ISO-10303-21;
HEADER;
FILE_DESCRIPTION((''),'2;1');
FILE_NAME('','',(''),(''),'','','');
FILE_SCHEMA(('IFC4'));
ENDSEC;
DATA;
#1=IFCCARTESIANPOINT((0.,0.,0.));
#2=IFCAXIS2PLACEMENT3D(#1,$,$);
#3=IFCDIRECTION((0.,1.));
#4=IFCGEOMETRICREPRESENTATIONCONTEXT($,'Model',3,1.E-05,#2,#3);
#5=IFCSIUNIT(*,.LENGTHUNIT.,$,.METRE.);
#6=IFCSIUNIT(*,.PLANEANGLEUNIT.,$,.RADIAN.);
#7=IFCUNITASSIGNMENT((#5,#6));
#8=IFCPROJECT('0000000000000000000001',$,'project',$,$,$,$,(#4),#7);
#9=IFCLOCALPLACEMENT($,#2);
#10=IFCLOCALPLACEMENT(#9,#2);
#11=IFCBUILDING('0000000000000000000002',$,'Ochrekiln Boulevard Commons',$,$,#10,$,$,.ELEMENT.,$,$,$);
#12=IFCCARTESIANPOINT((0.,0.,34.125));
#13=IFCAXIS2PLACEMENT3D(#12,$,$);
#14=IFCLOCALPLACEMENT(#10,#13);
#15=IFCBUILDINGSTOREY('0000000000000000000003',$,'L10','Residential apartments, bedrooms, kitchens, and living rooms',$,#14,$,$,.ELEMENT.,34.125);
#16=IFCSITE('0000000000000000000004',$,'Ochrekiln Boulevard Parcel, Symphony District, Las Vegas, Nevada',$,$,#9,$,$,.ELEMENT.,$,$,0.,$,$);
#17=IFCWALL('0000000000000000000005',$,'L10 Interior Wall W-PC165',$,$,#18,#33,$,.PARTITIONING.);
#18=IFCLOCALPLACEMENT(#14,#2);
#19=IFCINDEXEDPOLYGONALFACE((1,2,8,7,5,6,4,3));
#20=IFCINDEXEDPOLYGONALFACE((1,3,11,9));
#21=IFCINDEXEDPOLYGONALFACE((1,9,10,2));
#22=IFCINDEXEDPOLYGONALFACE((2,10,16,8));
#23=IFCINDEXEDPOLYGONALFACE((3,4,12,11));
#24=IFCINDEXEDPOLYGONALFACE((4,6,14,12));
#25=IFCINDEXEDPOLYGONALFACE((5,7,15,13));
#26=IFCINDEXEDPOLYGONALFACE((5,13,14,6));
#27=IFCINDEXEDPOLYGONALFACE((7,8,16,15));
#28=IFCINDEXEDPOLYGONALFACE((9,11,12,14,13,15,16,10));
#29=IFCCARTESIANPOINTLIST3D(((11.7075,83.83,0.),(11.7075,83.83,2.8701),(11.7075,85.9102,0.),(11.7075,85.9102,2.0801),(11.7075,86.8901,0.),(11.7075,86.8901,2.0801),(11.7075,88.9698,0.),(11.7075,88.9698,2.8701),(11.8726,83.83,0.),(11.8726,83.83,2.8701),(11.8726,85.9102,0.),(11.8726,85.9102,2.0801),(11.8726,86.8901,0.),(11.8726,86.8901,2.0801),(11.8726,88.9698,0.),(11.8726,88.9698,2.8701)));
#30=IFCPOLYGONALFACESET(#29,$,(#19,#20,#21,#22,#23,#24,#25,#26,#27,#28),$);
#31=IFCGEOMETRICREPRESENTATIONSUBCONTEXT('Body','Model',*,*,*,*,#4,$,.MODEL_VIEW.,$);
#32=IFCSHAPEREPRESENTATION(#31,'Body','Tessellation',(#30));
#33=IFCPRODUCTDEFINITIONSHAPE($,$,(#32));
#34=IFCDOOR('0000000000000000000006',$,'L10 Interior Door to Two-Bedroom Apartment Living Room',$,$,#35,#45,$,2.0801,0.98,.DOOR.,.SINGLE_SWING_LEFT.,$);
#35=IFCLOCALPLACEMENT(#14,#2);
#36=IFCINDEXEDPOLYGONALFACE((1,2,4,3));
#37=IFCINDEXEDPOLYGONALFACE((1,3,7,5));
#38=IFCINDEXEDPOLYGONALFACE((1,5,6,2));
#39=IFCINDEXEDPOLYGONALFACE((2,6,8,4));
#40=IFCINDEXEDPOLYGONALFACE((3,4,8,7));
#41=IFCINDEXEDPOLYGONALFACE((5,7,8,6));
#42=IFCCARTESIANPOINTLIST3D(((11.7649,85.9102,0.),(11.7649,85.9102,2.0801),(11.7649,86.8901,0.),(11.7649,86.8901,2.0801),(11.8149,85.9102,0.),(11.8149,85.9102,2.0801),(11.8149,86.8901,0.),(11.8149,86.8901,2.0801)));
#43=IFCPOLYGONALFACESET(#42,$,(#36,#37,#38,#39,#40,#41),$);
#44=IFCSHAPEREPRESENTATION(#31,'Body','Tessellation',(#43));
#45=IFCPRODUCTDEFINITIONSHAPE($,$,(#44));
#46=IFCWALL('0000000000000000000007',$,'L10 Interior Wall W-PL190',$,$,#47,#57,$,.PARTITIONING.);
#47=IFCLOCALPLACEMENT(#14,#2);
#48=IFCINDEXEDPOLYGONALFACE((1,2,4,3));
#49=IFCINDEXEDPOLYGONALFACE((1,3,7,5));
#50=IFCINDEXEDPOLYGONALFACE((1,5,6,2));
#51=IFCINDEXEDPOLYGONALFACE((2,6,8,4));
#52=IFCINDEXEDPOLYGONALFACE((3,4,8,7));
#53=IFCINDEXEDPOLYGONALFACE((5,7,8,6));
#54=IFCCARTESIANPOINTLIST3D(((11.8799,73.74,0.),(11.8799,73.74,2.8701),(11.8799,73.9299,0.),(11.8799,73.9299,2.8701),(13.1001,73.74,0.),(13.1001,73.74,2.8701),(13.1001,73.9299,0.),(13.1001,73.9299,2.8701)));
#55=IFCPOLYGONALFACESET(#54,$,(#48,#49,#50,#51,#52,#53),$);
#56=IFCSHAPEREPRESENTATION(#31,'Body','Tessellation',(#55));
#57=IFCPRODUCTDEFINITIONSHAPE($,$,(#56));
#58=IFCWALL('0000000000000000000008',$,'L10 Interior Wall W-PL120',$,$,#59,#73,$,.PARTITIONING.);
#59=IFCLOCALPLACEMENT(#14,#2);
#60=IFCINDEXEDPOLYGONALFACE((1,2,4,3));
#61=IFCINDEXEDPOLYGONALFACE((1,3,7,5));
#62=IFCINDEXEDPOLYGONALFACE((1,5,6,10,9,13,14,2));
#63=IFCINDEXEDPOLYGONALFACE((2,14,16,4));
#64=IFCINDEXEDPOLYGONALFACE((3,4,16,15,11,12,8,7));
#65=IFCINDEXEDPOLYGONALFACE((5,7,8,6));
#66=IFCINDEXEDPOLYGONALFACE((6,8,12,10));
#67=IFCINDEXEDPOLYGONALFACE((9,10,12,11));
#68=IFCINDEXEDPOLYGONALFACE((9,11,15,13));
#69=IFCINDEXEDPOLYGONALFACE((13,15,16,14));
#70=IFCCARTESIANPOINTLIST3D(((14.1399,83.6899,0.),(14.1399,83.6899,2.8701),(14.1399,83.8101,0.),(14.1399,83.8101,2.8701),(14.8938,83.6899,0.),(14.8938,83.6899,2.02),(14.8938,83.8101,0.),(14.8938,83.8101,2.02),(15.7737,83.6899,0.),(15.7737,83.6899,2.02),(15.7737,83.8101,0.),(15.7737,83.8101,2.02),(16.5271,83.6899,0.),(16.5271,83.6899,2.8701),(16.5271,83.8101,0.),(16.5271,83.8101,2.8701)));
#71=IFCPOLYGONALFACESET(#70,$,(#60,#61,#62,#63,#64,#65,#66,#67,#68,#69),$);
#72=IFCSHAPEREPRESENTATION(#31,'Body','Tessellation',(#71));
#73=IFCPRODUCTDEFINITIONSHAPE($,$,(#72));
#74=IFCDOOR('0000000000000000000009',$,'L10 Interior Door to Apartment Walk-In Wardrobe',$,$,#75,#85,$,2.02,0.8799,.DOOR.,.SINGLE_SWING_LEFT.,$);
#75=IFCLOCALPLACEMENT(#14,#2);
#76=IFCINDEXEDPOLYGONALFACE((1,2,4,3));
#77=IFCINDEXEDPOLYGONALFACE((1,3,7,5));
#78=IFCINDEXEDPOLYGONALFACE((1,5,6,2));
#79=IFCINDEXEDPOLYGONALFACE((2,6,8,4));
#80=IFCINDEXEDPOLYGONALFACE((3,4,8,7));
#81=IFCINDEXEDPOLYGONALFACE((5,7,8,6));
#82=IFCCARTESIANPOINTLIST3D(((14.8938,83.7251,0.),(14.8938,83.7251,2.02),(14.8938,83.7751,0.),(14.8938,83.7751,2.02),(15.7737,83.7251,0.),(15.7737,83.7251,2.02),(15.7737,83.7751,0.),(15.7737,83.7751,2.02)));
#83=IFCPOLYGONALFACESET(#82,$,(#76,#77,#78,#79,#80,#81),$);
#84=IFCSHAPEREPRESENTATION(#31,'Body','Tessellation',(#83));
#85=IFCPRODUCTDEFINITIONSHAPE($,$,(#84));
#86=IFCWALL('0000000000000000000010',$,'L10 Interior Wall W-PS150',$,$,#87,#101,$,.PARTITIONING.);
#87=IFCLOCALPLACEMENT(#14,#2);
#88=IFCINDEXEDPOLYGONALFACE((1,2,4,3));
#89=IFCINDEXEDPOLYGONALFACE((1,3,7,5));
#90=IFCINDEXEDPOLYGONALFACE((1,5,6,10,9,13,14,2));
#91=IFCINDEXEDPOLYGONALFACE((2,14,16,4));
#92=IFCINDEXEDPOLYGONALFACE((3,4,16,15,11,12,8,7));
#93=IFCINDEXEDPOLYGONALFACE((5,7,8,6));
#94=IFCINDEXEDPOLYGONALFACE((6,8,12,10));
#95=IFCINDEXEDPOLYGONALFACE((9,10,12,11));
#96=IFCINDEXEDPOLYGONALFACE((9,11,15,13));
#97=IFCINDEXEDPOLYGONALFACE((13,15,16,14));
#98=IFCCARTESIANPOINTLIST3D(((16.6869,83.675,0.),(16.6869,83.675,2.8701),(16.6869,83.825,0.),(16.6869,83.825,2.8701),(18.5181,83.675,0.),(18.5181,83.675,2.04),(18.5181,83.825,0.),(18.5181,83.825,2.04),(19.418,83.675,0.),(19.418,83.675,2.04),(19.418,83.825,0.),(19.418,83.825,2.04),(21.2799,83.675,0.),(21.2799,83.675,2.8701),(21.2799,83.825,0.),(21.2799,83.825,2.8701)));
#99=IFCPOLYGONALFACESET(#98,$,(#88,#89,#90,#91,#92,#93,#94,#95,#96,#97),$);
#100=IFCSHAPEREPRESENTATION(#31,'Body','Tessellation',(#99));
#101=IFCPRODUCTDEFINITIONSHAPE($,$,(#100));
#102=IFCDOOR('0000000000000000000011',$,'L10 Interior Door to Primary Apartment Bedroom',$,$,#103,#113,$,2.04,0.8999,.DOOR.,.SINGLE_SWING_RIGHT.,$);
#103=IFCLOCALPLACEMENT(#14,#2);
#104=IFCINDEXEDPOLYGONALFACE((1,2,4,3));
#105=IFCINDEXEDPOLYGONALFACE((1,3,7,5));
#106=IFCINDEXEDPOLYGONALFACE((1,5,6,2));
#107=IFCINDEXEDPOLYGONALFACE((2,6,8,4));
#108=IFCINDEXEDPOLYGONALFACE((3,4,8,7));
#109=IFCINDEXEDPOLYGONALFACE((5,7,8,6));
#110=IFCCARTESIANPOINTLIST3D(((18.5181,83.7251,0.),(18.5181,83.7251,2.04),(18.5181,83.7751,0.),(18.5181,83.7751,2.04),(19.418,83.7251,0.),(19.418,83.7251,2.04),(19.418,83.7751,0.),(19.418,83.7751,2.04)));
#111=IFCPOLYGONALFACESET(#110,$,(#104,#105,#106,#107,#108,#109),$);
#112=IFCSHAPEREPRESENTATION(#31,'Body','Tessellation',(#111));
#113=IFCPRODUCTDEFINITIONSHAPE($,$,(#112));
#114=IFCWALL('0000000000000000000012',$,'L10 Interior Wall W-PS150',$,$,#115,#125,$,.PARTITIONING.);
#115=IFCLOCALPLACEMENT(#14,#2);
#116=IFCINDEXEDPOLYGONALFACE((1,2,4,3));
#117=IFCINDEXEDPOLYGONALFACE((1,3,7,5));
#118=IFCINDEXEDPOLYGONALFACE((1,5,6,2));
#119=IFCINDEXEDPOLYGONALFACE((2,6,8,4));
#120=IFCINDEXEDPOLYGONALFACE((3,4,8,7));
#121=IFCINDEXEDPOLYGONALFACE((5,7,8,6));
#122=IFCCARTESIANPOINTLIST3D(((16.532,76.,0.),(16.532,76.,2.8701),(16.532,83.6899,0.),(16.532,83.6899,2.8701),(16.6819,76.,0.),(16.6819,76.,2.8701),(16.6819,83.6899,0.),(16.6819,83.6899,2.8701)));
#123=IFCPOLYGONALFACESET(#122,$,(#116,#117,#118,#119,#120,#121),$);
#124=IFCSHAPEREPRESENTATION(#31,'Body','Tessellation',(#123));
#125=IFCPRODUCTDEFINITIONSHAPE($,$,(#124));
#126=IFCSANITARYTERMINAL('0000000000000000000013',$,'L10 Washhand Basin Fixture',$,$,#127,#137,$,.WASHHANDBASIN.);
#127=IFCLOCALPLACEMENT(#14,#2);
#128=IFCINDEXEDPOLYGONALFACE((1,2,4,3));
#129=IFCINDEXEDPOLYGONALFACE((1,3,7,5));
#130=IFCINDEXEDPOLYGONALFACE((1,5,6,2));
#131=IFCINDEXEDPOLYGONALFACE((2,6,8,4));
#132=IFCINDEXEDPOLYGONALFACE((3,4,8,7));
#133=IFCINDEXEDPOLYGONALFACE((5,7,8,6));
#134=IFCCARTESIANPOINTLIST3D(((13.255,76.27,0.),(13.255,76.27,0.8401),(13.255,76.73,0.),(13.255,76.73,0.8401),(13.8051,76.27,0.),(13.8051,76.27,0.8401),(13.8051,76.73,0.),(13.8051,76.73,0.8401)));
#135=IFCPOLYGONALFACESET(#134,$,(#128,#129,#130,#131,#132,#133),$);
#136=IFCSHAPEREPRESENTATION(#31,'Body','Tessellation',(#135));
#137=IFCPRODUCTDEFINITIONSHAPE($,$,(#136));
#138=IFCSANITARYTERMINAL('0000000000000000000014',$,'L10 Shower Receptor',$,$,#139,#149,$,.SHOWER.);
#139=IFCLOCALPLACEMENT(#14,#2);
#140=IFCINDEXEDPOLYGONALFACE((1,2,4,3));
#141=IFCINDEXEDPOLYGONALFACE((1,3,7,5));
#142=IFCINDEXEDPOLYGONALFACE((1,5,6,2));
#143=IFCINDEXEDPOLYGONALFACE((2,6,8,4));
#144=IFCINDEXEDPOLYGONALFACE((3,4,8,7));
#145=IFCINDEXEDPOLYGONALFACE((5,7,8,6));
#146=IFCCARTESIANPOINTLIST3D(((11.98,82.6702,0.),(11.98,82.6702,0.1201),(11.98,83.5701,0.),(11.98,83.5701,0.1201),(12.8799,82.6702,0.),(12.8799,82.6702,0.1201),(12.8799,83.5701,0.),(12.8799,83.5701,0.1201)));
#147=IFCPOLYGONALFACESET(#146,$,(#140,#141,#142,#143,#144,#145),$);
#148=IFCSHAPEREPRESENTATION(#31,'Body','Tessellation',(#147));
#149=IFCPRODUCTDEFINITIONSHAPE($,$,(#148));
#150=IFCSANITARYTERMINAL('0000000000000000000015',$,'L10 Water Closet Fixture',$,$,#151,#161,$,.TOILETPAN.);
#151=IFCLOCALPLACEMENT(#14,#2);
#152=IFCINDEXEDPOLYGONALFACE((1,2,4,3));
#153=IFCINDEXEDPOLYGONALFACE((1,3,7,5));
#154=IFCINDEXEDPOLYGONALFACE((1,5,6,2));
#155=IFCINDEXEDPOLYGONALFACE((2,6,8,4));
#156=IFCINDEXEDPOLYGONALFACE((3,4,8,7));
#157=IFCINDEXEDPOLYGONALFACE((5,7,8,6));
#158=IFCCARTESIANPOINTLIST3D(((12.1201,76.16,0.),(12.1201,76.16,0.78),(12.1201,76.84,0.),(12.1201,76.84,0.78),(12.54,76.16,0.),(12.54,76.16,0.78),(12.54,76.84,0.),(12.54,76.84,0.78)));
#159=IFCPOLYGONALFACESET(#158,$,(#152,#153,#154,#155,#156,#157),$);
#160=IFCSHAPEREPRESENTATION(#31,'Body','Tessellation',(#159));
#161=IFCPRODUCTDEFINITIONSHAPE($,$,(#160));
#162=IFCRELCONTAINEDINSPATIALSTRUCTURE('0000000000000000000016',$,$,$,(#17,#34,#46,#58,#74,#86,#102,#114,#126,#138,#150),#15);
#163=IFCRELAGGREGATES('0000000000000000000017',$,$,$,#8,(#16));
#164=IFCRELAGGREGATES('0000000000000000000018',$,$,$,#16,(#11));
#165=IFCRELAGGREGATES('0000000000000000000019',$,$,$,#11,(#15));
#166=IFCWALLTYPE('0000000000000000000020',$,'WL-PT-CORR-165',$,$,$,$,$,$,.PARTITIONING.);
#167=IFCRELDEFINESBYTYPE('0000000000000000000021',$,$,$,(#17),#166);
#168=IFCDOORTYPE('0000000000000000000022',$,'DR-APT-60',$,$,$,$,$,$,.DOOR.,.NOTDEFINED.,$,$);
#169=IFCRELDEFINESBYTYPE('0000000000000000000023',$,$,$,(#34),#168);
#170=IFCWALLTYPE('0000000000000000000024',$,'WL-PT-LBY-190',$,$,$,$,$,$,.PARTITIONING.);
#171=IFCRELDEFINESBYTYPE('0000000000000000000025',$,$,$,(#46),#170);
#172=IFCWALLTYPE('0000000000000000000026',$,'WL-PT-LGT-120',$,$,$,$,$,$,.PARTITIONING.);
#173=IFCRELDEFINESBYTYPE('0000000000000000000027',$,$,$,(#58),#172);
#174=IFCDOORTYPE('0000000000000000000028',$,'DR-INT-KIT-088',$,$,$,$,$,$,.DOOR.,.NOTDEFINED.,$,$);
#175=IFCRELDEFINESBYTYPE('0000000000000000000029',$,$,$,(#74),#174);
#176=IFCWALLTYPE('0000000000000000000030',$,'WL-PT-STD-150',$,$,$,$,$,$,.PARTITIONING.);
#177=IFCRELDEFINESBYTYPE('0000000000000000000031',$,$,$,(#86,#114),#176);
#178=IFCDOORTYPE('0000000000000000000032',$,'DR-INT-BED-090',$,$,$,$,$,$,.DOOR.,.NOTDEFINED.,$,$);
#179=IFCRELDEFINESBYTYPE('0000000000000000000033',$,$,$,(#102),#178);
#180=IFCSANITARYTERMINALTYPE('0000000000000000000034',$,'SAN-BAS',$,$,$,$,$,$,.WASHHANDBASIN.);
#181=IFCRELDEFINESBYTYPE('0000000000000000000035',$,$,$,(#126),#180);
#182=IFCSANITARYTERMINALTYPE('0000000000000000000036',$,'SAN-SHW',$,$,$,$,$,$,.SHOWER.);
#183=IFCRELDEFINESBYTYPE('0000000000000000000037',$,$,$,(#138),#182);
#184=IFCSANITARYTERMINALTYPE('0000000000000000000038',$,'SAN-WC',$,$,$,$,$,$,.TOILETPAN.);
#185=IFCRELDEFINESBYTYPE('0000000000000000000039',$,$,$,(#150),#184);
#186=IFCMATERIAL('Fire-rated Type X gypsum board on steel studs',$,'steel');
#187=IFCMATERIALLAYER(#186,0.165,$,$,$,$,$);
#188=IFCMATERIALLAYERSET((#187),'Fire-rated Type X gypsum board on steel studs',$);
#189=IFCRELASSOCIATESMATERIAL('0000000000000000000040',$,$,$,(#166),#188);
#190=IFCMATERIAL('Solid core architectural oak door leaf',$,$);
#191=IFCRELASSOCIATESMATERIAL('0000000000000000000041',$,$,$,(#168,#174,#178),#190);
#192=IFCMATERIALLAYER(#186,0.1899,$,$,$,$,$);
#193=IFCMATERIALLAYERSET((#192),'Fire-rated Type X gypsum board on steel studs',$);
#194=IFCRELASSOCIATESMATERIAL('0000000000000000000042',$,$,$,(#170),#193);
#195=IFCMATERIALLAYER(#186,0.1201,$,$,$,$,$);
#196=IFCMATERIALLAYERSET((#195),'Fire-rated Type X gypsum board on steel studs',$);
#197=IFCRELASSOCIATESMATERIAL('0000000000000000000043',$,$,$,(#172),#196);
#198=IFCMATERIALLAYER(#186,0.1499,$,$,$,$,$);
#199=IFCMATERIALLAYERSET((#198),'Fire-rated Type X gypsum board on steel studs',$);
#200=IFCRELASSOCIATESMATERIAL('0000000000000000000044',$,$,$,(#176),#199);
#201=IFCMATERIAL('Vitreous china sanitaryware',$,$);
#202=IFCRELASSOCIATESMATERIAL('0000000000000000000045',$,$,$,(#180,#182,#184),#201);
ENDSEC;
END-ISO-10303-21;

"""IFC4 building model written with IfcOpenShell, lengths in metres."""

from ifc_helpers import new_model, si_unit, direction, frame, frame_2d, origin, origin_2d, place, context, subcontext, project, spatial, rectangle, extrude, material, layer, layer_set, type_object, element, fill, save


model = new_model("IFC4")

# Units and contexts
model_context = context("Model", 3, precision=1e-05, world=origin(), true_north=direction((0.0, 1.0)))
body_context = subcontext(model_context, "Body", "Model", "MODEL_VIEW")
ifc_project = project(units=[si_unit("LENGTHUNIT", "METRE"), si_unit("PLANEANGLEUNIT", "RADIAN")], contexts=[model_context])

# Site, building, storey
site_placement = place(None, origin())
site = spatial("IfcSite", under=ifc_project, at=site_placement, Name="Ochrekiln Boulevard Parcel, Symphony District, Las Vegas, Nevada", CompositionType="ELEMENT", RefElevation=0.0)
building_placement = place(site_placement, origin())
building = spatial("IfcBuilding", under=site, at=building_placement, Name="Ochrekiln Boulevard Commons", CompositionType="ELEMENT")
storey_placement = place(building_placement, frame((0.0, 0.0, 34.125)))
storey = spatial("IfcBuildingStorey", under=building, at=storey_placement, Name="L10", Description="Residential apartments, bedrooms, kitchens, and living rooms", CompositionType="ELEMENT", Elevation=34.125)

# Shared definitions
ifc_material_1 = material(Name="Solid core architectural oak door leaf")

# Wall, opening, door
ifc_material_2 = material(Name="Fire-rated Type X gypsum board on steel studs", Category="steel")
ifc_layer_1 = layer(ifc_material_2, 0.165)
ifc_layer_set_1 = layer_set([ifc_layer_1], Name="Fire-rated Type X gypsum board on steel studs")
wall_type_1 = type_object("IfcWallType", Name="WL-PT-CORR-165", PredefinedType="PARTITIONING", material=ifc_layer_set_1)
wall_1_placement = place(storey_placement, frame((11.79, 83.8301, 0.0), z_axis=(0.0, 0.0, 1.0), x_axis=(0.0, 1.0, 0.0)))
wall_1 = element("IfcWall", 1, at=wall_1_placement, inside=storey, type_object=wall_type_1, Name="L10 Interior Wall W-PC165", PredefinedType="PARTITIONING", context=body_context, shape_type="SweptSolid", body=[
    extrude(rectangle(XDim=5.1399, YDim=0.165, at=frame_2d((2.5698, 0.0))), origin(), (0.0, 0.0, 1.0), 2.8701),
])
opening_1_placement = place(wall_1_placement, frame((2.0801, 0.0, 0.0)))
opening_1 = element("IfcOpeningElement", 2, at=opening_1_placement, cuts=wall_1, PredefinedType="OPENING", context=body_context, shape_type="SweptSolid", body=[
    extrude(rectangle(XDim=0.98, YDim=2.0801, at=frame_2d((0.49, 1.04))), frame((0.0, 0.0925, 0.0), z_axis=(0.0, -1.0, 0.0), x_axis=(1.0, 0.0, 0.0)), (0.0, 0.0, 1.0), 0.1851),
])
door_type_1 = type_object("IfcDoorType", Name="DR-APT-60", OperationType="NOTDEFINED", PredefinedType="DOOR", material=ifc_material_1)
door_1_placement = place(opening_1_placement, frame((0.98, 0.0, 0.0), z_axis=(0.0, 0.0, 1.0), x_axis=(-1.0, 0.0, 0.0)))
door_1 = element("IfcDoor", 3, at=door_1_placement, inside=storey, type_object=door_type_1, Name="L10 Interior Door to Two-Bedroom Apartment Living Room", OperationType="SINGLE_SWING_LEFT", OverallHeight=2.0801, OverallWidth=0.98, PredefinedType="DOOR", context=body_context, shape_type="SweptSolid", body=[
    extrude(rectangle(XDim=0.98, YDim=2.0801, at=frame_2d((0.49, 1.04))), frame((0.0, 0.0249, 0.0), z_axis=(0.0, -1.0, 0.0), x_axis=(1.0, 0.0, 0.0)), (0.0, 0.0, 1.0), 0.05),
])
fill(opening_1, door_1)

# Wall
ifc_layer_2 = layer(ifc_material_2, 0.1899)
ifc_layer_set_2 = layer_set([ifc_layer_2], Name="Fire-rated Type X gypsum board on steel studs")
wall_type_2 = type_object("IfcWallType", Name="WL-PT-LBY-190", PredefinedType="PARTITIONING", material=ifc_layer_set_2)
wall_2_placement = place(storey_placement, frame((11.8799, 73.835, 0.0), z_axis=(0.0, 0.0, 1.0), x_axis=(1.0, 0.0, 0.0)))
element("IfcWall", 4, at=wall_2_placement, inside=storey, type_object=wall_type_2, Name="L10 Interior Wall W-PL190", PredefinedType="PARTITIONING", context=body_context, shape_type="SweptSolid", body=[
    extrude(rectangle(XDim=1.2202, YDim=0.1899, at=frame_2d((0.6101, 0.0))), origin(), (0.0, 0.0, 1.0), 2.8701),
])

# Walls, openings, doors
ifc_layer_3 = layer(ifc_material_2, 0.1201)
ifc_layer_set_3 = layer_set([ifc_layer_3], Name="Fire-rated Type X gypsum board on steel studs")
wall_type_3 = type_object("IfcWallType", Name="WL-PT-LGT-120", PredefinedType="PARTITIONING", material=ifc_layer_set_3)
wall_3_placement = place(storey_placement, frame((14.1399, 83.75, 0.0), z_axis=(0.0, 0.0, 1.0), x_axis=(1.0, 0.0, 0.0)))
wall_3 = element("IfcWall", 5, at=wall_3_placement, inside=storey, type_object=wall_type_3, Name="L10 Interior Wall W-PL120", PredefinedType="PARTITIONING", context=body_context, shape_type="SweptSolid", body=[
    extrude(rectangle(XDim=2.3872, YDim=0.1201, at=frame_2d((1.1936, 0.0))), origin(), (0.0, 0.0, 1.0), 2.8701),
])
opening_2_placement = place(wall_3_placement, frame((0.7539, 0.0, 0.0)))
opening_2 = element("IfcOpeningElement", 6, at=opening_2_placement, cuts=wall_3, PredefinedType="OPENING", context=body_context, shape_type="SweptSolid", body=[
    extrude(rectangle(XDim=0.8799, YDim=2.02, at=frame_2d((0.4399, 1.01))), frame((0.0, 0.0701, 0.0), z_axis=(0.0, -1.0, 0.0), x_axis=(1.0, 0.0, 0.0)), (0.0, 0.0, 1.0), 0.1401),
])
door_type_2 = type_object("IfcDoorType", Name="DR-INT-KIT-088", OperationType="NOTDEFINED", PredefinedType="DOOR", material=ifc_material_1)
door_2_placement = place(opening_2_placement, frame((0.8799, 0.0, 0.0), z_axis=(0.0, 0.0, 1.0), x_axis=(-1.0, 0.0, 0.0)))
door_2 = element("IfcDoor", 7, at=door_2_placement, inside=storey, type_object=door_type_2, Name="L10 Interior Door to Apartment Walk-In Wardrobe", OperationType="SINGLE_SWING_LEFT", OverallHeight=2.02, OverallWidth=0.8799, PredefinedType="DOOR", context=body_context, shape_type="SweptSolid", body=[
    extrude(rectangle(XDim=0.8799, YDim=2.02, at=frame_2d((0.4399, 1.01))), frame((0.0, 0.0249, 0.0), z_axis=(0.0, -1.0, 0.0), x_axis=(1.0, 0.0, 0.0)), (0.0, 0.0, 1.0), 0.05),
])
fill(opening_2, door_2)
ifc_layer_4 = layer(ifc_material_2, 0.1499)
ifc_layer_set_4 = layer_set([ifc_layer_4], Name="Fire-rated Type X gypsum board on steel studs")
wall_type_4 = type_object("IfcWallType", Name="WL-PT-STD-150", PredefinedType="PARTITIONING", material=ifc_layer_set_4)
wall_4_placement = place(storey_placement, frame((16.687, 83.75, 0.0), z_axis=(0.0, 0.0, 1.0), x_axis=(1.0, 0.0, 0.0)))
wall_4 = element("IfcWall", 8, at=wall_4_placement, inside=storey, type_object=wall_type_4, Name="L10 Interior Wall W-PS150", PredefinedType="PARTITIONING", context=body_context, shape_type="SweptSolid", body=[
    extrude(rectangle(XDim=4.593, YDim=0.1499, at=frame_2d((2.2964, 0.0))), origin(), (0.0, 0.0, 1.0), 2.8701),
])
opening_3_placement = place(wall_4_placement, frame((1.8311, 0.0, 0.0)))
opening_3 = element("IfcOpeningElement", 9, at=opening_3_placement, cuts=wall_4, PredefinedType="OPENING", context=body_context, shape_type="SweptSolid", body=[
    extrude(rectangle(XDim=0.8999, YDim=2.04, at=frame_2d((0.45, 1.02))), frame((0.0, 0.085, 0.0), z_axis=(0.0, -1.0, 0.0), x_axis=(1.0, 0.0, 0.0)), (0.0, 0.0, 1.0), 0.1699),
])
door_type_3 = type_object("IfcDoorType", Name="DR-INT-BED-090", OperationType="NOTDEFINED", PredefinedType="DOOR", material=ifc_material_1)
door_3_placement = place(opening_3_placement, frame((0.8999, 0.0, 0.0), z_axis=(0.0, 0.0, 1.0), x_axis=(-1.0, 0.0, 0.0)))
door_3 = element("IfcDoor", 10, at=door_3_placement, inside=storey, type_object=door_type_3, Name="L10 Interior Door to Primary Apartment Bedroom", OperationType="SINGLE_SWING_RIGHT", OverallHeight=2.04, OverallWidth=0.8999, PredefinedType="DOOR", context=body_context, shape_type="SweptSolid", body=[
    extrude(rectangle(XDim=0.8999, YDim=2.04, at=frame_2d((0.45, 1.02))), frame((0.0, 0.0249, 0.0), z_axis=(0.0, -1.0, 0.0), x_axis=(1.0, 0.0, 0.0)), (0.0, 0.0, 1.0), 0.05),
])
fill(opening_3, door_3)

# Wall
wall_5_placement = place(storey_placement, frame((16.6069, 76.0, 0.0), z_axis=(0.0, 0.0, 1.0), x_axis=(0.0, 1.0, 0.0)))
element("IfcWall", 11, at=wall_5_placement, inside=storey, type_object=wall_type_4, Name="L10 Interior Wall W-PS150", PredefinedType="PARTITIONING", context=body_context, shape_type="SweptSolid", body=[
    extrude(rectangle(XDim=7.6899, YDim=0.1499, at=frame_2d((3.845, 0.0))), origin(), (0.0, 0.0, 1.0), 2.8701),
])

# Sanitary terminals
ifc_material_3 = material(Name="Vitreous china sanitaryware")
sanitary_terminal_type_1 = type_object("IfcSanitaryTerminalType", Name="SAN-BAS", PredefinedType="WASHHANDBASIN", material=ifc_material_3)
sanitary_terminal_1_placement = place(storey_placement, frame((13.53, 76.5, 0.0), z_axis=(0.0, 0.0, 1.0), x_axis=(1.0, 0.0, 0.0)))
element("IfcSanitaryTerminal", 12, at=sanitary_terminal_1_placement, inside=storey, type_object=sanitary_terminal_type_1, Name="L10 Washhand Basin Fixture", PredefinedType="WASHHANDBASIN", context=body_context, shape_type="SweptSolid", body=[
    extrude(rectangle(XDim=0.55, YDim=0.46, at=origin_2d()), origin(), (0.0, 0.0, 1.0), 0.8401),
])
sanitary_terminal_type_2 = type_object("IfcSanitaryTerminalType", Name="SAN-SHW", PredefinedType="SHOWER", material=ifc_material_3)
sanitary_terminal_2_placement = place(storey_placement, frame((12.4299, 83.1201, 0.0), z_axis=(0.0, 0.0, 1.0), x_axis=(1.0, 0.0, 0.0)))
element("IfcSanitaryTerminal", 13, at=sanitary_terminal_2_placement, inside=storey, type_object=sanitary_terminal_type_2, Name="L10 Shower Receptor", PredefinedType="SHOWER", context=body_context, shape_type="SweptSolid", body=[
    extrude(rectangle(XDim=0.8999, YDim=0.8999, at=origin_2d()), origin(), (0.0, 0.0, 1.0), 0.1201),
])
sanitary_terminal_type_3 = type_object("IfcSanitaryTerminalType", Name="SAN-WC", PredefinedType="TOILETPAN", material=ifc_material_3)
sanitary_terminal_3_placement = place(storey_placement, frame((12.3301, 76.5, 0.0), z_axis=(0.0, 0.0, 1.0), x_axis=(1.0, 0.0, 0.0)))
element("IfcSanitaryTerminal", 14, at=sanitary_terminal_3_placement, inside=storey, type_object=sanitary_terminal_type_3, Name="L10 Water Closet Fixture", PredefinedType="TOILETPAN", context=body_context, shape_type="SweptSolid", body=[
    extrude(rectangle(XDim=0.4199, YDim=0.6799, at=origin_2d()), origin(), (0.0, 0.0, 1.0), 0.78),
])

save(model, "model.ifc")
